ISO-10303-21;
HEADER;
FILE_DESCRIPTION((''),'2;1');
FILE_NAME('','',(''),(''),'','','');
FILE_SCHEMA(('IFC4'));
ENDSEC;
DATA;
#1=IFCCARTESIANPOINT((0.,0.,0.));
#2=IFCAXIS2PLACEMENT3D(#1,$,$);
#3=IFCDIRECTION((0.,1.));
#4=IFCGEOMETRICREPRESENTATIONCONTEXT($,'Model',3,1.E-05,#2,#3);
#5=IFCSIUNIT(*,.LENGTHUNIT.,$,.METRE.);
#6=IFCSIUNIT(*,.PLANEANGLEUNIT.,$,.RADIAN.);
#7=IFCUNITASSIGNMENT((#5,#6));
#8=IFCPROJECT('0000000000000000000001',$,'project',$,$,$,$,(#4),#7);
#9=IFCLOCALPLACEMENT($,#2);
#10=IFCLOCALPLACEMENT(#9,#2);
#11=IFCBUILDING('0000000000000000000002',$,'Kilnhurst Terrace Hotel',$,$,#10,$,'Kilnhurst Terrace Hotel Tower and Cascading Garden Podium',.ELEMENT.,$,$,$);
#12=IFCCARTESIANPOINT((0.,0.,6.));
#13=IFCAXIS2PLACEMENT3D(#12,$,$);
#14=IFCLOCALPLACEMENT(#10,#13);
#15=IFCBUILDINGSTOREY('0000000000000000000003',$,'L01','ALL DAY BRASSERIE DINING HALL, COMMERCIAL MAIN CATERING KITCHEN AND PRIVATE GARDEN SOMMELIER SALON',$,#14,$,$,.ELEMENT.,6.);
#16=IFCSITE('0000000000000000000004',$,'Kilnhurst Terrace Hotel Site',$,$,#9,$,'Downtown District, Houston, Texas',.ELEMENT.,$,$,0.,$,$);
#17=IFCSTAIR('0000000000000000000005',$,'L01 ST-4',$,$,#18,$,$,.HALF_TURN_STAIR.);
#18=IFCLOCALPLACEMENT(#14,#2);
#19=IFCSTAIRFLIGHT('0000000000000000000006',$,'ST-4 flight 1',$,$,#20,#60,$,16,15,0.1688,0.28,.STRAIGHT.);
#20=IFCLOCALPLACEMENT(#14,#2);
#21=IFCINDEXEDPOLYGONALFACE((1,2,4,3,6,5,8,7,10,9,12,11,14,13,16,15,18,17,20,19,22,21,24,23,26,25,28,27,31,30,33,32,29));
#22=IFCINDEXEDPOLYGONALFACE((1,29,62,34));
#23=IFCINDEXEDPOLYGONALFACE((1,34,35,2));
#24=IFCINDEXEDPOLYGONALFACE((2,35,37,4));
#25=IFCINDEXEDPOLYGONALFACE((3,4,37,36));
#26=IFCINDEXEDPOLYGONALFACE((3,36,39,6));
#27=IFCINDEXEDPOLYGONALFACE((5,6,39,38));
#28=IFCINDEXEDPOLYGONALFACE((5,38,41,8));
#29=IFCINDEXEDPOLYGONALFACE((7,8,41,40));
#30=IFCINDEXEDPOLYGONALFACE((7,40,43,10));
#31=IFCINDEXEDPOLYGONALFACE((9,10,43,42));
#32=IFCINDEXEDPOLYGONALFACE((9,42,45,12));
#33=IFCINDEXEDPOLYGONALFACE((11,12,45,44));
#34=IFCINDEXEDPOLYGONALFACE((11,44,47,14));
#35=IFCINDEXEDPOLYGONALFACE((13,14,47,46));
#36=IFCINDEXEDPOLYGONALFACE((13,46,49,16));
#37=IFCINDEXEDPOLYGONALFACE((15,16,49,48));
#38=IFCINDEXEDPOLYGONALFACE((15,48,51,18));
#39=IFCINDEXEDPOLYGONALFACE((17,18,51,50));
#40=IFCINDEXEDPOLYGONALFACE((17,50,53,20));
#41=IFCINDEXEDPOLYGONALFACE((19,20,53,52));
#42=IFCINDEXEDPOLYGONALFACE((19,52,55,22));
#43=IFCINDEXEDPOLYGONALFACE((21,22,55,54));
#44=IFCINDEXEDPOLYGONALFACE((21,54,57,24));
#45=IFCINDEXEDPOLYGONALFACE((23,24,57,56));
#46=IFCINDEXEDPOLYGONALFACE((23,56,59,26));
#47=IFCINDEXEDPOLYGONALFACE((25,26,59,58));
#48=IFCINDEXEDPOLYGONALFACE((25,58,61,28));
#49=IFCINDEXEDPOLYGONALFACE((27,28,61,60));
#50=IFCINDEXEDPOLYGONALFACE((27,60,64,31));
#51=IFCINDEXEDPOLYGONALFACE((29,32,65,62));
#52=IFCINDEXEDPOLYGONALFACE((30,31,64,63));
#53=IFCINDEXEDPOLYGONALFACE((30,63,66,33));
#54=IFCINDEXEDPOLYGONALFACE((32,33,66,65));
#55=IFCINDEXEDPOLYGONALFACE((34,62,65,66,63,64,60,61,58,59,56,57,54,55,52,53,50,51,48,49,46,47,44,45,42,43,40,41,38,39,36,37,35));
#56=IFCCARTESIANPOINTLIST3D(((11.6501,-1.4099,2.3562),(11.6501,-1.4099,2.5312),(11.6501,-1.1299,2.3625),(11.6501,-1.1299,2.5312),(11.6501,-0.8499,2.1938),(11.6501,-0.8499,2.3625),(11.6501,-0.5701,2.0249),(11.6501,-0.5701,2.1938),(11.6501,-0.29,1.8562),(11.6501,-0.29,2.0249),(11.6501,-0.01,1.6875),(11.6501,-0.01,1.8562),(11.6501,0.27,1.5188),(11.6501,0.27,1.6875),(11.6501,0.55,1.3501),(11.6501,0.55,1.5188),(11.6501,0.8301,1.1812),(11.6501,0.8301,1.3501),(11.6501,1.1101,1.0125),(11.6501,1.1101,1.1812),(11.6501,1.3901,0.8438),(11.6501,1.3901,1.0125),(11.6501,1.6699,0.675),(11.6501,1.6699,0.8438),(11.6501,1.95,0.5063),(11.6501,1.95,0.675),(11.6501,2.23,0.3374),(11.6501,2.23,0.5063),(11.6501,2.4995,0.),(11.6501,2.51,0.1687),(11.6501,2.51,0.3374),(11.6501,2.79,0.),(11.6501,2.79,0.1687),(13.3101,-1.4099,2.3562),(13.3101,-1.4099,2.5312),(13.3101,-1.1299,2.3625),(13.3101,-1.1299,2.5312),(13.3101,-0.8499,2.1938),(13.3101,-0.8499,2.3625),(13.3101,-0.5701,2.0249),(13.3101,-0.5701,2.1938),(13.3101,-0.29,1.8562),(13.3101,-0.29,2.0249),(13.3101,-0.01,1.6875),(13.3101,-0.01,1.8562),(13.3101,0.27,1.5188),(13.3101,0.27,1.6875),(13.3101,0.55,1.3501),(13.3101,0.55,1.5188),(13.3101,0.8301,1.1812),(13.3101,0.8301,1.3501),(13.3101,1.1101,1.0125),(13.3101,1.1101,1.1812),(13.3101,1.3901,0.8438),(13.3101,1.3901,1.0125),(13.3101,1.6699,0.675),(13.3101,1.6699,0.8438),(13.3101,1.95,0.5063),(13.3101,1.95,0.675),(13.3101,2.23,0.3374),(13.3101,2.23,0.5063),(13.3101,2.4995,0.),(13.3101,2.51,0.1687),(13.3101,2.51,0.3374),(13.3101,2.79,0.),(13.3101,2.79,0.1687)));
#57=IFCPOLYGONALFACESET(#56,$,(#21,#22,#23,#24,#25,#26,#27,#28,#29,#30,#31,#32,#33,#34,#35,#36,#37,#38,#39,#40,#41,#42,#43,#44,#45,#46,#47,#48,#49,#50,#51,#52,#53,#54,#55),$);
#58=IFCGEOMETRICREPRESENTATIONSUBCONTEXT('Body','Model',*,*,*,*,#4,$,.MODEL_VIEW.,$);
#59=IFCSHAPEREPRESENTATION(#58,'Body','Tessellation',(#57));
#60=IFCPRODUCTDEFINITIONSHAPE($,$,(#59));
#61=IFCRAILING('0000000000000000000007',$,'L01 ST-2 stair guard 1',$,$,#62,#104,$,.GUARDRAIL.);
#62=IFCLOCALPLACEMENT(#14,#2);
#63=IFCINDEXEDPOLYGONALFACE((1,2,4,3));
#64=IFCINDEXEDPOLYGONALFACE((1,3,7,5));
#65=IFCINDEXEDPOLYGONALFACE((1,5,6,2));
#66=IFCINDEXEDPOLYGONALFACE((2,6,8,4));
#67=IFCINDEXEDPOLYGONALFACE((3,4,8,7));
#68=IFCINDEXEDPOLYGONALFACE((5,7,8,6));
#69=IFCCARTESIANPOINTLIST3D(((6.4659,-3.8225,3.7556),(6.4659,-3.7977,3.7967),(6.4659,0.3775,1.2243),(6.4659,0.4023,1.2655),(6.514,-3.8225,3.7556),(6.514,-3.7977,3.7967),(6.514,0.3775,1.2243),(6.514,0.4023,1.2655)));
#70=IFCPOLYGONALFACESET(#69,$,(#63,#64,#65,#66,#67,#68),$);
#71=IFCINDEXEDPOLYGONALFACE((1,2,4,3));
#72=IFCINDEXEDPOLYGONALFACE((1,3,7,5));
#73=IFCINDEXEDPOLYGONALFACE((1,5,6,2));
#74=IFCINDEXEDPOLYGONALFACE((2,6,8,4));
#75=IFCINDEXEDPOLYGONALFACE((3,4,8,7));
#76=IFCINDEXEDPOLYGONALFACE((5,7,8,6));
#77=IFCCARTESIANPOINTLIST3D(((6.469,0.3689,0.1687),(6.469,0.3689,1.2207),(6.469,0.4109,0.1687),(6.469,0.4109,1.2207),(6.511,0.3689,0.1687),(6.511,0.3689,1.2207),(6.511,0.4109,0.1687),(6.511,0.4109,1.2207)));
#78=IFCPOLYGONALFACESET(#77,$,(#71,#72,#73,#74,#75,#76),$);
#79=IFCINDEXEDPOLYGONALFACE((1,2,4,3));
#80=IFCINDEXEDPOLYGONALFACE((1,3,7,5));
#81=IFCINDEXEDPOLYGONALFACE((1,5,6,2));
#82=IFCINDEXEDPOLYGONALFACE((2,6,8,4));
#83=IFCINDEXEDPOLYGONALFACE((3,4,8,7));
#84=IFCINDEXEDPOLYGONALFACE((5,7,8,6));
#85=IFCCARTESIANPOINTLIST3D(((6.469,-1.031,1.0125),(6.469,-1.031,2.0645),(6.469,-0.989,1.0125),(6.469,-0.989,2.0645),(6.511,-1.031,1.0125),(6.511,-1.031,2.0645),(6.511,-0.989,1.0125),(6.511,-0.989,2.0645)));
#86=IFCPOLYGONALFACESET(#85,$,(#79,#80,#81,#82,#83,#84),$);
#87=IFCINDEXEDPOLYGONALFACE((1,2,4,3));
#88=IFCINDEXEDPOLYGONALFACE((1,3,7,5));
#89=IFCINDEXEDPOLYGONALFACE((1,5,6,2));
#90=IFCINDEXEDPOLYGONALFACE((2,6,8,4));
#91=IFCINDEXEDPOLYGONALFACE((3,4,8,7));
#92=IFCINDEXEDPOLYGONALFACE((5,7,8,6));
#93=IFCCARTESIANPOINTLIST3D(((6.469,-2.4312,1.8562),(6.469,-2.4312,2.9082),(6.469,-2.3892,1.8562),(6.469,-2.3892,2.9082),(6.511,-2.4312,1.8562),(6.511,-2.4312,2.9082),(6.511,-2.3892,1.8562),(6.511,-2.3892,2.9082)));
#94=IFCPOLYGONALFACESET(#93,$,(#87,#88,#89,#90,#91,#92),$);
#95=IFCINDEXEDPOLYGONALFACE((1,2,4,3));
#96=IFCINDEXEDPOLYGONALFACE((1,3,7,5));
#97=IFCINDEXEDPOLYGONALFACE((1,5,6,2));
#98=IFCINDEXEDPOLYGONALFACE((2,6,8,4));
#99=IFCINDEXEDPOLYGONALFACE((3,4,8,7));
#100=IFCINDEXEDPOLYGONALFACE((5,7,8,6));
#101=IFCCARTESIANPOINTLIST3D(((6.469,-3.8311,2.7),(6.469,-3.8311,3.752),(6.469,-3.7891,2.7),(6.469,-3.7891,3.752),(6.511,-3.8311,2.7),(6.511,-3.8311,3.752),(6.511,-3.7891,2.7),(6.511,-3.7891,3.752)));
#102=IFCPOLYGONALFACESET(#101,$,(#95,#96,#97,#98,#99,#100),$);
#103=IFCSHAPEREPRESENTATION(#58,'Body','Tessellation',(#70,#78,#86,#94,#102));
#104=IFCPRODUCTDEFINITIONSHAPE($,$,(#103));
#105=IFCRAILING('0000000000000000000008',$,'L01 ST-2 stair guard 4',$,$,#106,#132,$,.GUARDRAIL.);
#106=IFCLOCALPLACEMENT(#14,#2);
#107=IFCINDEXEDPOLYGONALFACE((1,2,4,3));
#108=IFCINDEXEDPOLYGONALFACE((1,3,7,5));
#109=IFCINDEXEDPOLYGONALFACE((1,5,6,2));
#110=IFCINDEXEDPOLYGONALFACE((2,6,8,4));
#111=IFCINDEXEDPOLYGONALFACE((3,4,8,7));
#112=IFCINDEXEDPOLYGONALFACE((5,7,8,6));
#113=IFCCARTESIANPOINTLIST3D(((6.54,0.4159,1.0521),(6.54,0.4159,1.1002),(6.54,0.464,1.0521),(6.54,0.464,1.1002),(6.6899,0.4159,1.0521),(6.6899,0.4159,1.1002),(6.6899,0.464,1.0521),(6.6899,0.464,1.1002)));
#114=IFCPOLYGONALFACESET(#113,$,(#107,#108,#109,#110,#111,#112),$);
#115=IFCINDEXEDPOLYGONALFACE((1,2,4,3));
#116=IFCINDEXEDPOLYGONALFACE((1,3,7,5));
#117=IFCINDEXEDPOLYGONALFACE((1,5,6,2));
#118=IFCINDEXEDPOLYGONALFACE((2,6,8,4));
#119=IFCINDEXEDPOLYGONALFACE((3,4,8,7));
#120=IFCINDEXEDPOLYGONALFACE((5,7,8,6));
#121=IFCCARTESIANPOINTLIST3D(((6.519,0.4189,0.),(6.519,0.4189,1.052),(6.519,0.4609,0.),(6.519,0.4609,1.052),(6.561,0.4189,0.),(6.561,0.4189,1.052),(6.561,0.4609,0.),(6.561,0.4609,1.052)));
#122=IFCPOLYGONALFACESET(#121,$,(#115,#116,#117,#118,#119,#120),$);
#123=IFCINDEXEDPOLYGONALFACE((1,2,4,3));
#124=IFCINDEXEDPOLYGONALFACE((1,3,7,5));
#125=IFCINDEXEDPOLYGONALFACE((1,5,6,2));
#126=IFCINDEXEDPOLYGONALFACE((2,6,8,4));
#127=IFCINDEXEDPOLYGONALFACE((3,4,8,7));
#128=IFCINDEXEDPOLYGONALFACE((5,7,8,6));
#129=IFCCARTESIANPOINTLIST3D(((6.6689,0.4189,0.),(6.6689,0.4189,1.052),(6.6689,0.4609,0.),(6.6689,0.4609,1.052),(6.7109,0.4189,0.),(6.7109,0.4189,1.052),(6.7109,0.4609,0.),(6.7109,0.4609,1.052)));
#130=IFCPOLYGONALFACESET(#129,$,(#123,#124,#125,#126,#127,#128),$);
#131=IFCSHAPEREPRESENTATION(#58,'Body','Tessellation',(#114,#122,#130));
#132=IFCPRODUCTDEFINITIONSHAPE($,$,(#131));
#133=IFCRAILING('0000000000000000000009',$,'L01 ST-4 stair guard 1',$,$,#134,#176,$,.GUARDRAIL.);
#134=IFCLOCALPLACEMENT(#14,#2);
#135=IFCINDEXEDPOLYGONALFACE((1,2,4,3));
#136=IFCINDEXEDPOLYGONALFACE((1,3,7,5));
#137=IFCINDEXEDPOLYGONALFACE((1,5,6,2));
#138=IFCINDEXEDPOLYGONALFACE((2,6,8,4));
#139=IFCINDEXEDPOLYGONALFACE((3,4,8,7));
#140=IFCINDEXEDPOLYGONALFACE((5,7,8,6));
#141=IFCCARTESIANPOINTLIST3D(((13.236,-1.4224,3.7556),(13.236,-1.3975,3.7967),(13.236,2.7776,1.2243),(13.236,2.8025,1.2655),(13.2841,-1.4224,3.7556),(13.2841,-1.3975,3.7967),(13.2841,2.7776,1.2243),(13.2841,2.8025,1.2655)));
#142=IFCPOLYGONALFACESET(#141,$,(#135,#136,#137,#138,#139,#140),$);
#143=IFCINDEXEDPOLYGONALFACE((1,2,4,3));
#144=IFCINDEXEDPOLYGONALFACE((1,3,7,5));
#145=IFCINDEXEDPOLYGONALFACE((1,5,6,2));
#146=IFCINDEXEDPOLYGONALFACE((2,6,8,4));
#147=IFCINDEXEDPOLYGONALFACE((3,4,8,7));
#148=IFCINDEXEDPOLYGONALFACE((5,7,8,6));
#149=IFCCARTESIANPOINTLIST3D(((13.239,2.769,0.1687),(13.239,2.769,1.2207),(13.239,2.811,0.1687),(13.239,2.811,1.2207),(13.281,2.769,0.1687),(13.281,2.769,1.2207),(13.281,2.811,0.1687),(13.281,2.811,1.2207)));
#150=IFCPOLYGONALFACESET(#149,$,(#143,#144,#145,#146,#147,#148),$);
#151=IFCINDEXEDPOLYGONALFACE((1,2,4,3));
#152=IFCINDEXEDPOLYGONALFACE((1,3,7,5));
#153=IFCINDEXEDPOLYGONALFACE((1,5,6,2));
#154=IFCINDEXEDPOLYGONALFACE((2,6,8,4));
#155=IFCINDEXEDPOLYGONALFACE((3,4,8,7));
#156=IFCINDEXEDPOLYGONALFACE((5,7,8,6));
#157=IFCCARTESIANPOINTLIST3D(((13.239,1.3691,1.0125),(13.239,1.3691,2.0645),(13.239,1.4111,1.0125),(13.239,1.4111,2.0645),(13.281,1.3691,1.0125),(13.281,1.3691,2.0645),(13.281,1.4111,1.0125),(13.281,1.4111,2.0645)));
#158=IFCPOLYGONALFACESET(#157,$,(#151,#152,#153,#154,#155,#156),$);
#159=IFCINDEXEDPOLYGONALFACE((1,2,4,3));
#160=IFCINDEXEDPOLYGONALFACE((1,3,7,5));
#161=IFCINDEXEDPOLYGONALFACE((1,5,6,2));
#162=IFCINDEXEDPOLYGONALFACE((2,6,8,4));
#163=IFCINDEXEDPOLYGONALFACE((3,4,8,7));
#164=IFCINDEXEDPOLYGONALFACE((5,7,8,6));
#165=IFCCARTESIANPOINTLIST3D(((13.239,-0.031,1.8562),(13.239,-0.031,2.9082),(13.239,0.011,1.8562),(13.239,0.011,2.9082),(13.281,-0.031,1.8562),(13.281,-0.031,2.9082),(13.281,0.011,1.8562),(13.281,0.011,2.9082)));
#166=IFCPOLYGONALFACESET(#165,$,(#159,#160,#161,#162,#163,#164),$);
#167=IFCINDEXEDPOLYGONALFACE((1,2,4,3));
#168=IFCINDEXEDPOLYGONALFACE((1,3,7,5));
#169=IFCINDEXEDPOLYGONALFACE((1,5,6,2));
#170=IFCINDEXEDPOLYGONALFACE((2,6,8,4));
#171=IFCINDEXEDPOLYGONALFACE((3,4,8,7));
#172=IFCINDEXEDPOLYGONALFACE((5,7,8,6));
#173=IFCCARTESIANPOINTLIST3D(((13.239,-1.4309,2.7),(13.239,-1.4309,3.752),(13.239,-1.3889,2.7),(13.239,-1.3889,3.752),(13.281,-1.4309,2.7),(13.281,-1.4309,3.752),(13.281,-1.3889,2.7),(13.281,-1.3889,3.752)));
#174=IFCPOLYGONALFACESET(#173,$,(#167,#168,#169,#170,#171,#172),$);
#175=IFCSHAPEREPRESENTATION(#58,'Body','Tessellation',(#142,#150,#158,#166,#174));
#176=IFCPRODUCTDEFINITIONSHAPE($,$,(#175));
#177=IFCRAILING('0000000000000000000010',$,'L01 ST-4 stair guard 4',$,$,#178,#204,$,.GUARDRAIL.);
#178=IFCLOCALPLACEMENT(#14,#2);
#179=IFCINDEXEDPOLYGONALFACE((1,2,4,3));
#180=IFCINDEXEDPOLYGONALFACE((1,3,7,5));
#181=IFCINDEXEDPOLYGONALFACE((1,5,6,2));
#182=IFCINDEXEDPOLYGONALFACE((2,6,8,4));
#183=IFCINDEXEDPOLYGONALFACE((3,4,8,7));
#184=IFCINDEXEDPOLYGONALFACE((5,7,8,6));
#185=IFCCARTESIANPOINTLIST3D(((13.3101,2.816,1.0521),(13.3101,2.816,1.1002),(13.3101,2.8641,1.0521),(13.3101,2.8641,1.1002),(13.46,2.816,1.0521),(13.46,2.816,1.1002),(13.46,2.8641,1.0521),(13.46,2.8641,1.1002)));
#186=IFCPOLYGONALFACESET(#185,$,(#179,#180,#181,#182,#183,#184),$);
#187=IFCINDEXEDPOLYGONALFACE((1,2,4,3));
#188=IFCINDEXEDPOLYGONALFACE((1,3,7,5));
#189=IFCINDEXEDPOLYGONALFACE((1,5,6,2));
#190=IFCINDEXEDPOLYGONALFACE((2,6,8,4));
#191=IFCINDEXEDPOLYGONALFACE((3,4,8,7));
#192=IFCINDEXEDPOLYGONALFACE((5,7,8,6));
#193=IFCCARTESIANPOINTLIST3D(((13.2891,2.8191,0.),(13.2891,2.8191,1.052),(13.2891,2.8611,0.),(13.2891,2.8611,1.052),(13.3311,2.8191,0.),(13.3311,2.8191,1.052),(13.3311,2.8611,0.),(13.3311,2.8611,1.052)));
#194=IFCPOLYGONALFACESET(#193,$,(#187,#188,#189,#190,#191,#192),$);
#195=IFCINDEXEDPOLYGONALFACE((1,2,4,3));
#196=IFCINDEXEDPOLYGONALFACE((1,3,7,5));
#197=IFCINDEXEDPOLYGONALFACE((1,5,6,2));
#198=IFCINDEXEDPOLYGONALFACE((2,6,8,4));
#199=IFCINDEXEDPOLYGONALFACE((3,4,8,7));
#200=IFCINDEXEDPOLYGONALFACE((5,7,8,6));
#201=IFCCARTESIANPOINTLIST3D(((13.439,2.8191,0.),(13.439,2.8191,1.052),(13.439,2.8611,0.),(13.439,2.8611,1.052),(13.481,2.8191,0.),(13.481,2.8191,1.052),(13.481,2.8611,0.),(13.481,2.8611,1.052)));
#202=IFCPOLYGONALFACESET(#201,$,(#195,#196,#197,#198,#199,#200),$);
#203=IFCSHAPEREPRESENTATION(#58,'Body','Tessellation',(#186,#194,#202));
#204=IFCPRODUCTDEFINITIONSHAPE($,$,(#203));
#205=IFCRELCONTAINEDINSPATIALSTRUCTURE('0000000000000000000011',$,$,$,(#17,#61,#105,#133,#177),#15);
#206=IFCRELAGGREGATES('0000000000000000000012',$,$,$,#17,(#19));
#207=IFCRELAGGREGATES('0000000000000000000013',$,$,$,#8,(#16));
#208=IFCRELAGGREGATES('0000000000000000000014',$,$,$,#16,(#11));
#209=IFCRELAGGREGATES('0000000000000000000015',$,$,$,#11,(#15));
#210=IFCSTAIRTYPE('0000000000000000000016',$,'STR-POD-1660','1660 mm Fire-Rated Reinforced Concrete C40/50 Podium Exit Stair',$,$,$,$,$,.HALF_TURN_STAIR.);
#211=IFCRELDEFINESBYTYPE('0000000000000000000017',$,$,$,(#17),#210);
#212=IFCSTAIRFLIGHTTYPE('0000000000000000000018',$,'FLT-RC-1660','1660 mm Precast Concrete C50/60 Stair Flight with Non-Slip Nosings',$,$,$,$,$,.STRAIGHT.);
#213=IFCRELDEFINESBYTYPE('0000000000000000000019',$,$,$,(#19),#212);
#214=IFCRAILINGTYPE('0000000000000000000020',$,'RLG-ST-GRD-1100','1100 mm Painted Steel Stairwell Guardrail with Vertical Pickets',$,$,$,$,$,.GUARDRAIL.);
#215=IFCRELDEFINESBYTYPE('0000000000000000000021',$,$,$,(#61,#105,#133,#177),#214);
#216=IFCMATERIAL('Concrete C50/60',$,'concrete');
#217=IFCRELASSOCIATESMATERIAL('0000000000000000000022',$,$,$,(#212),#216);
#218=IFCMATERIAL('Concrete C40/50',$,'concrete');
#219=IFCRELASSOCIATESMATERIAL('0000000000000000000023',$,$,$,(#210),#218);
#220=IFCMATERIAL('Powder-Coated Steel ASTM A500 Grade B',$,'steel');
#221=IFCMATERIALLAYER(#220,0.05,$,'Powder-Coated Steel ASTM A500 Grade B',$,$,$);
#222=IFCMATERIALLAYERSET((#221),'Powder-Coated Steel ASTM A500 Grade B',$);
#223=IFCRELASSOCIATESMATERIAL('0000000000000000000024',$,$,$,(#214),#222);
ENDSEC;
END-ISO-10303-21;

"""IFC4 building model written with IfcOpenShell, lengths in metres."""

from ifc_helpers import new_model, si_unit, direction, frame, origin, origin_2d, place, context, subcontext, project, spatial, polyline, rectangle, outline, extrude, material, layer, layer_set, type_object, element, aggregate, save


model = new_model("IFC4")

# Units and contexts
model_context = context("Model", 3, precision=1e-05, world=origin(), true_north=direction((0.0, 1.0)))
body_context = subcontext(model_context, "Body", "Model", "MODEL_VIEW")
ifc_project = project(units=[si_unit("LENGTHUNIT", "METRE"), si_unit("PLANEANGLEUNIT", "RADIAN")], contexts=[model_context])

# Site, building, storey
site_placement = place(None, origin())
site = spatial("IfcSite", under=ifc_project, at=site_placement, Name="Kilnhurst Terrace Hotel Site", LongName="Downtown District, Houston, Texas", CompositionType="ELEMENT", RefElevation=0.0)
building_placement = place(site_placement, origin())
building = spatial("IfcBuilding", under=site, at=building_placement, Name="Kilnhurst Terrace Hotel", LongName="Kilnhurst Terrace Hotel Tower and Cascading Garden Podium", CompositionType="ELEMENT")
storey_placement = place(building_placement, frame((0.0, 0.0, 6.0)))
storey = spatial("IfcBuildingStorey", under=building, at=storey_placement, Name="L01", Description="ALL DAY BRASSERIE DINING HALL, COMMERCIAL MAIN CATERING KITCHEN AND PRIVATE GARDEN SOMMELIER SALON", CompositionType="ELEMENT", Elevation=6.0)

# Shared definitions
ifc_material_1 = material(Name="Concrete C50/60", Category="concrete")

# Stair, stair flight
stair_flight_type = type_object("IfcStairFlightType", Name="FLT-RC-1660", Description="1660 mm Precast Concrete C50/60 Stair Flight with Non-Slip Nosings", PredefinedType="STRAIGHT", material=ifc_material_1)
ifc_material_2 = material(Name="Concrete C40/50", Category="concrete")
stair_type_1 = type_object("IfcStairType", Name="STR-POD-1660", Description="1660 mm Fire-Rated Reinforced Concrete C40/50 Podium Exit Stair", PredefinedType="HALF_TURN_STAIR", material=ifc_material_2)
stair_1_placement = place(storey_placement, origin())
stair_1 = element("IfcStair", 1, at=stair_1_placement, inside=storey, type_object=stair_type_1, Name="L01 ST-4", PredefinedType="HALF_TURN_STAIR")
stair_flight_1_placement = place(storey_placement, frame((12.48, 2.79, 0.0), z_axis=(0.0, 0.0, 1.0), x_axis=(0.0, -1.0, 0.0)))
stair_flight_1 = element("IfcStairFlight", 2, at=stair_flight_1_placement, type_object=stair_flight_type, Name="ST-4 flight 1", NumberOfRisers=16, NumberOfTreads=15, PredefinedType="STRAIGHT", RiserHeight=0.1688, TreadLength=0.28, context=body_context, shape_type="SweptSolid", body=[
    extrude(outline(polyline([(0.0, 0.0), (0.0, 0.1687), (0.28, 0.1687), (0.28, 0.3374), (0.5601, 0.3374), (0.5601, 0.5063), (0.8401, 0.5063), (0.8401, 0.675), (1.1201, 0.675), (1.1201, 0.8438), (1.3999, 0.8438), (1.3999, 1.0125), (1.6799, 1.0125), (1.6799, 1.1812), (1.96, 1.1812), (1.96, 1.3501), (2.24, 1.3501), (2.24, 1.5188), (2.52, 1.5188), (2.52, 1.6875), (2.8, 1.6875), (2.8, 1.8562), (3.0801, 1.8562), (3.0801, 2.0249), (3.3601, 2.0249), (3.3601, 2.1938), (3.6399, 2.1938), (3.6399, 2.3625), (3.9199, 2.3625), (3.9199, 2.5312), (4.2, 2.5312), (4.2, 2.7), (4.2, 2.3562), (0.2905, 0.0), (0.0, 0.0)])), frame((0.0, 0.8301, 0.0), z_axis=(0.0, -1.0, 0.0), x_axis=(1.0, 0.0, 0.0)), (0.0, 0.0, 1.0), 1.6599),
])
aggregate(stair_1, [stair_flight_1])

# Railings
ifc_material_3 = material(Name="Powder-Coated Steel ASTM A500 Grade B", Category="steel")
ifc_layer_1 = layer(ifc_material_3, 0.05, Name="Powder-Coated Steel ASTM A500 Grade B")
ifc_layer_set_1 = layer_set([ifc_layer_1], Name="Powder-Coated Steel ASTM A500 Grade B")
railing_type_1 = type_object("IfcRailingType", Name="RLG-ST-GRD-1100", Description="1100 mm Painted Steel Stairwell Guardrail with Vertical Pickets", PredefinedType="GUARDRAIL", material=ifc_layer_set_1)
railing_1_placement = place(storey_placement, frame((6.49, 0.3899, 0.1687)))
element("IfcRailing", 3, at=railing_1_placement, inside=storey, type_object=railing_type_1, Name="L01 ST-2 stair guard 1", PredefinedType="GUARDRAIL", context=body_context, shape_type="SweptSolid", body=[
    extrude(rectangle(XDim=0.0481, YDim=0.0481, at=origin_2d()), frame((0.0, 0.0, 1.0762), z_axis=(0.0, -0.856476, 0.516186), x_axis=(1.0, 0.0, 0.0)), (0.0, 0.0, 1.0), 4.9038),
    extrude(rectangle(XDim=0.042, YDim=0.042, at=origin_2d()), origin(), (0.0, 0.0, 1.0), 1.052),
    extrude(rectangle(XDim=0.042, YDim=0.042, at=origin_2d()), frame((0.0, -1.3999, 0.8438)), (0.0, 0.0, 1.0), 1.052),
    extrude(rectangle(XDim=0.042, YDim=0.042, at=origin_2d()), frame((0.0, -2.8, 1.6875)), (0.0, 0.0, 1.0), 1.052),
    extrude(rectangle(XDim=0.042, YDim=0.042, at=origin_2d()), frame((0.0, -4.2, 2.5312)), (0.0, 0.0, 1.0), 1.052),
])
railing_2_placement = place(storey_placement, frame((6.54, 0.4399, 0.0)))
element("IfcRailing", 4, at=railing_2_placement, inside=storey, type_object=railing_type_1, Name="L01 ST-2 stair guard 4", PredefinedType="GUARDRAIL", context=body_context, shape_type="SweptSolid", body=[
    extrude(rectangle(XDim=0.0481, YDim=0.0481, at=origin_2d()), frame((0.0, 0.0, 1.0762), z_axis=(1.0, 0.0, 0.0), x_axis=(0.0, 1.0, 0.0)), (0.0, 0.0, 1.0), 0.1499),
    extrude(rectangle(XDim=0.042, YDim=0.042, at=origin_2d()), origin(), (0.0, 0.0, 1.0), 1.052),
    extrude(rectangle(XDim=0.042, YDim=0.042, at=origin_2d()), frame((0.1499, 0.0, 0.0)), (0.0, 0.0, 1.0), 1.052),
])
railing_3_placement = place(storey_placement, frame((13.26, 2.79, 0.1687)))
element("IfcRailing", 5, at=railing_3_placement, inside=storey, type_object=railing_type_1, Name="L01 ST-4 stair guard 1", PredefinedType="GUARDRAIL", context=body_context, shape_type="SweptSolid", body=[
    extrude(rectangle(XDim=0.0481, YDim=0.0481, at=origin_2d()), frame((0.0, 0.0, 1.0762), z_axis=(0.0, -0.856476, 0.516186), x_axis=(1.0, 0.0, 0.0)), (0.0, 0.0, 1.0), 4.9038),
    extrude(rectangle(XDim=0.042, YDim=0.042, at=origin_2d()), origin(), (0.0, 0.0, 1.0), 1.052),
    extrude(rectangle(XDim=0.042, YDim=0.042, at=origin_2d()), frame((0.0, -1.3999, 0.8438)), (0.0, 0.0, 1.0), 1.052),
    extrude(rectangle(XDim=0.042, YDim=0.042, at=origin_2d()), frame((0.0, -2.8, 1.6875)), (0.0, 0.0, 1.0), 1.052),
    extrude(rectangle(XDim=0.042, YDim=0.042, at=origin_2d()), frame((0.0, -4.2, 2.5312)), (0.0, 0.0, 1.0), 1.052),
])
railing_4_placement = place(storey_placement, frame((13.3101, 2.8401, 0.0)))
element("IfcRailing", 6, at=railing_4_placement, inside=storey, type_object=railing_type_1, Name="L01 ST-4 stair guard 4", PredefinedType="GUARDRAIL", context=body_context, shape_type="SweptSolid", body=[
    extrude(rectangle(XDim=0.0481, YDim=0.0481, at=origin_2d()), frame((0.0, 0.0, 1.0762), z_axis=(1.0, 0.0, 0.0), x_axis=(0.0, 1.0, 0.0)), (0.0, 0.0, 1.0), 0.1499),
    extrude(rectangle(XDim=0.042, YDim=0.042, at=origin_2d()), origin(), (0.0, 0.0, 1.0), 1.052),
    extrude(rectangle(XDim=0.042, YDim=0.042, at=origin_2d()), frame((0.1499, 0.0, 0.0)), (0.0, 0.0, 1.0), 1.052),
])

save(model, "model.ifc")
